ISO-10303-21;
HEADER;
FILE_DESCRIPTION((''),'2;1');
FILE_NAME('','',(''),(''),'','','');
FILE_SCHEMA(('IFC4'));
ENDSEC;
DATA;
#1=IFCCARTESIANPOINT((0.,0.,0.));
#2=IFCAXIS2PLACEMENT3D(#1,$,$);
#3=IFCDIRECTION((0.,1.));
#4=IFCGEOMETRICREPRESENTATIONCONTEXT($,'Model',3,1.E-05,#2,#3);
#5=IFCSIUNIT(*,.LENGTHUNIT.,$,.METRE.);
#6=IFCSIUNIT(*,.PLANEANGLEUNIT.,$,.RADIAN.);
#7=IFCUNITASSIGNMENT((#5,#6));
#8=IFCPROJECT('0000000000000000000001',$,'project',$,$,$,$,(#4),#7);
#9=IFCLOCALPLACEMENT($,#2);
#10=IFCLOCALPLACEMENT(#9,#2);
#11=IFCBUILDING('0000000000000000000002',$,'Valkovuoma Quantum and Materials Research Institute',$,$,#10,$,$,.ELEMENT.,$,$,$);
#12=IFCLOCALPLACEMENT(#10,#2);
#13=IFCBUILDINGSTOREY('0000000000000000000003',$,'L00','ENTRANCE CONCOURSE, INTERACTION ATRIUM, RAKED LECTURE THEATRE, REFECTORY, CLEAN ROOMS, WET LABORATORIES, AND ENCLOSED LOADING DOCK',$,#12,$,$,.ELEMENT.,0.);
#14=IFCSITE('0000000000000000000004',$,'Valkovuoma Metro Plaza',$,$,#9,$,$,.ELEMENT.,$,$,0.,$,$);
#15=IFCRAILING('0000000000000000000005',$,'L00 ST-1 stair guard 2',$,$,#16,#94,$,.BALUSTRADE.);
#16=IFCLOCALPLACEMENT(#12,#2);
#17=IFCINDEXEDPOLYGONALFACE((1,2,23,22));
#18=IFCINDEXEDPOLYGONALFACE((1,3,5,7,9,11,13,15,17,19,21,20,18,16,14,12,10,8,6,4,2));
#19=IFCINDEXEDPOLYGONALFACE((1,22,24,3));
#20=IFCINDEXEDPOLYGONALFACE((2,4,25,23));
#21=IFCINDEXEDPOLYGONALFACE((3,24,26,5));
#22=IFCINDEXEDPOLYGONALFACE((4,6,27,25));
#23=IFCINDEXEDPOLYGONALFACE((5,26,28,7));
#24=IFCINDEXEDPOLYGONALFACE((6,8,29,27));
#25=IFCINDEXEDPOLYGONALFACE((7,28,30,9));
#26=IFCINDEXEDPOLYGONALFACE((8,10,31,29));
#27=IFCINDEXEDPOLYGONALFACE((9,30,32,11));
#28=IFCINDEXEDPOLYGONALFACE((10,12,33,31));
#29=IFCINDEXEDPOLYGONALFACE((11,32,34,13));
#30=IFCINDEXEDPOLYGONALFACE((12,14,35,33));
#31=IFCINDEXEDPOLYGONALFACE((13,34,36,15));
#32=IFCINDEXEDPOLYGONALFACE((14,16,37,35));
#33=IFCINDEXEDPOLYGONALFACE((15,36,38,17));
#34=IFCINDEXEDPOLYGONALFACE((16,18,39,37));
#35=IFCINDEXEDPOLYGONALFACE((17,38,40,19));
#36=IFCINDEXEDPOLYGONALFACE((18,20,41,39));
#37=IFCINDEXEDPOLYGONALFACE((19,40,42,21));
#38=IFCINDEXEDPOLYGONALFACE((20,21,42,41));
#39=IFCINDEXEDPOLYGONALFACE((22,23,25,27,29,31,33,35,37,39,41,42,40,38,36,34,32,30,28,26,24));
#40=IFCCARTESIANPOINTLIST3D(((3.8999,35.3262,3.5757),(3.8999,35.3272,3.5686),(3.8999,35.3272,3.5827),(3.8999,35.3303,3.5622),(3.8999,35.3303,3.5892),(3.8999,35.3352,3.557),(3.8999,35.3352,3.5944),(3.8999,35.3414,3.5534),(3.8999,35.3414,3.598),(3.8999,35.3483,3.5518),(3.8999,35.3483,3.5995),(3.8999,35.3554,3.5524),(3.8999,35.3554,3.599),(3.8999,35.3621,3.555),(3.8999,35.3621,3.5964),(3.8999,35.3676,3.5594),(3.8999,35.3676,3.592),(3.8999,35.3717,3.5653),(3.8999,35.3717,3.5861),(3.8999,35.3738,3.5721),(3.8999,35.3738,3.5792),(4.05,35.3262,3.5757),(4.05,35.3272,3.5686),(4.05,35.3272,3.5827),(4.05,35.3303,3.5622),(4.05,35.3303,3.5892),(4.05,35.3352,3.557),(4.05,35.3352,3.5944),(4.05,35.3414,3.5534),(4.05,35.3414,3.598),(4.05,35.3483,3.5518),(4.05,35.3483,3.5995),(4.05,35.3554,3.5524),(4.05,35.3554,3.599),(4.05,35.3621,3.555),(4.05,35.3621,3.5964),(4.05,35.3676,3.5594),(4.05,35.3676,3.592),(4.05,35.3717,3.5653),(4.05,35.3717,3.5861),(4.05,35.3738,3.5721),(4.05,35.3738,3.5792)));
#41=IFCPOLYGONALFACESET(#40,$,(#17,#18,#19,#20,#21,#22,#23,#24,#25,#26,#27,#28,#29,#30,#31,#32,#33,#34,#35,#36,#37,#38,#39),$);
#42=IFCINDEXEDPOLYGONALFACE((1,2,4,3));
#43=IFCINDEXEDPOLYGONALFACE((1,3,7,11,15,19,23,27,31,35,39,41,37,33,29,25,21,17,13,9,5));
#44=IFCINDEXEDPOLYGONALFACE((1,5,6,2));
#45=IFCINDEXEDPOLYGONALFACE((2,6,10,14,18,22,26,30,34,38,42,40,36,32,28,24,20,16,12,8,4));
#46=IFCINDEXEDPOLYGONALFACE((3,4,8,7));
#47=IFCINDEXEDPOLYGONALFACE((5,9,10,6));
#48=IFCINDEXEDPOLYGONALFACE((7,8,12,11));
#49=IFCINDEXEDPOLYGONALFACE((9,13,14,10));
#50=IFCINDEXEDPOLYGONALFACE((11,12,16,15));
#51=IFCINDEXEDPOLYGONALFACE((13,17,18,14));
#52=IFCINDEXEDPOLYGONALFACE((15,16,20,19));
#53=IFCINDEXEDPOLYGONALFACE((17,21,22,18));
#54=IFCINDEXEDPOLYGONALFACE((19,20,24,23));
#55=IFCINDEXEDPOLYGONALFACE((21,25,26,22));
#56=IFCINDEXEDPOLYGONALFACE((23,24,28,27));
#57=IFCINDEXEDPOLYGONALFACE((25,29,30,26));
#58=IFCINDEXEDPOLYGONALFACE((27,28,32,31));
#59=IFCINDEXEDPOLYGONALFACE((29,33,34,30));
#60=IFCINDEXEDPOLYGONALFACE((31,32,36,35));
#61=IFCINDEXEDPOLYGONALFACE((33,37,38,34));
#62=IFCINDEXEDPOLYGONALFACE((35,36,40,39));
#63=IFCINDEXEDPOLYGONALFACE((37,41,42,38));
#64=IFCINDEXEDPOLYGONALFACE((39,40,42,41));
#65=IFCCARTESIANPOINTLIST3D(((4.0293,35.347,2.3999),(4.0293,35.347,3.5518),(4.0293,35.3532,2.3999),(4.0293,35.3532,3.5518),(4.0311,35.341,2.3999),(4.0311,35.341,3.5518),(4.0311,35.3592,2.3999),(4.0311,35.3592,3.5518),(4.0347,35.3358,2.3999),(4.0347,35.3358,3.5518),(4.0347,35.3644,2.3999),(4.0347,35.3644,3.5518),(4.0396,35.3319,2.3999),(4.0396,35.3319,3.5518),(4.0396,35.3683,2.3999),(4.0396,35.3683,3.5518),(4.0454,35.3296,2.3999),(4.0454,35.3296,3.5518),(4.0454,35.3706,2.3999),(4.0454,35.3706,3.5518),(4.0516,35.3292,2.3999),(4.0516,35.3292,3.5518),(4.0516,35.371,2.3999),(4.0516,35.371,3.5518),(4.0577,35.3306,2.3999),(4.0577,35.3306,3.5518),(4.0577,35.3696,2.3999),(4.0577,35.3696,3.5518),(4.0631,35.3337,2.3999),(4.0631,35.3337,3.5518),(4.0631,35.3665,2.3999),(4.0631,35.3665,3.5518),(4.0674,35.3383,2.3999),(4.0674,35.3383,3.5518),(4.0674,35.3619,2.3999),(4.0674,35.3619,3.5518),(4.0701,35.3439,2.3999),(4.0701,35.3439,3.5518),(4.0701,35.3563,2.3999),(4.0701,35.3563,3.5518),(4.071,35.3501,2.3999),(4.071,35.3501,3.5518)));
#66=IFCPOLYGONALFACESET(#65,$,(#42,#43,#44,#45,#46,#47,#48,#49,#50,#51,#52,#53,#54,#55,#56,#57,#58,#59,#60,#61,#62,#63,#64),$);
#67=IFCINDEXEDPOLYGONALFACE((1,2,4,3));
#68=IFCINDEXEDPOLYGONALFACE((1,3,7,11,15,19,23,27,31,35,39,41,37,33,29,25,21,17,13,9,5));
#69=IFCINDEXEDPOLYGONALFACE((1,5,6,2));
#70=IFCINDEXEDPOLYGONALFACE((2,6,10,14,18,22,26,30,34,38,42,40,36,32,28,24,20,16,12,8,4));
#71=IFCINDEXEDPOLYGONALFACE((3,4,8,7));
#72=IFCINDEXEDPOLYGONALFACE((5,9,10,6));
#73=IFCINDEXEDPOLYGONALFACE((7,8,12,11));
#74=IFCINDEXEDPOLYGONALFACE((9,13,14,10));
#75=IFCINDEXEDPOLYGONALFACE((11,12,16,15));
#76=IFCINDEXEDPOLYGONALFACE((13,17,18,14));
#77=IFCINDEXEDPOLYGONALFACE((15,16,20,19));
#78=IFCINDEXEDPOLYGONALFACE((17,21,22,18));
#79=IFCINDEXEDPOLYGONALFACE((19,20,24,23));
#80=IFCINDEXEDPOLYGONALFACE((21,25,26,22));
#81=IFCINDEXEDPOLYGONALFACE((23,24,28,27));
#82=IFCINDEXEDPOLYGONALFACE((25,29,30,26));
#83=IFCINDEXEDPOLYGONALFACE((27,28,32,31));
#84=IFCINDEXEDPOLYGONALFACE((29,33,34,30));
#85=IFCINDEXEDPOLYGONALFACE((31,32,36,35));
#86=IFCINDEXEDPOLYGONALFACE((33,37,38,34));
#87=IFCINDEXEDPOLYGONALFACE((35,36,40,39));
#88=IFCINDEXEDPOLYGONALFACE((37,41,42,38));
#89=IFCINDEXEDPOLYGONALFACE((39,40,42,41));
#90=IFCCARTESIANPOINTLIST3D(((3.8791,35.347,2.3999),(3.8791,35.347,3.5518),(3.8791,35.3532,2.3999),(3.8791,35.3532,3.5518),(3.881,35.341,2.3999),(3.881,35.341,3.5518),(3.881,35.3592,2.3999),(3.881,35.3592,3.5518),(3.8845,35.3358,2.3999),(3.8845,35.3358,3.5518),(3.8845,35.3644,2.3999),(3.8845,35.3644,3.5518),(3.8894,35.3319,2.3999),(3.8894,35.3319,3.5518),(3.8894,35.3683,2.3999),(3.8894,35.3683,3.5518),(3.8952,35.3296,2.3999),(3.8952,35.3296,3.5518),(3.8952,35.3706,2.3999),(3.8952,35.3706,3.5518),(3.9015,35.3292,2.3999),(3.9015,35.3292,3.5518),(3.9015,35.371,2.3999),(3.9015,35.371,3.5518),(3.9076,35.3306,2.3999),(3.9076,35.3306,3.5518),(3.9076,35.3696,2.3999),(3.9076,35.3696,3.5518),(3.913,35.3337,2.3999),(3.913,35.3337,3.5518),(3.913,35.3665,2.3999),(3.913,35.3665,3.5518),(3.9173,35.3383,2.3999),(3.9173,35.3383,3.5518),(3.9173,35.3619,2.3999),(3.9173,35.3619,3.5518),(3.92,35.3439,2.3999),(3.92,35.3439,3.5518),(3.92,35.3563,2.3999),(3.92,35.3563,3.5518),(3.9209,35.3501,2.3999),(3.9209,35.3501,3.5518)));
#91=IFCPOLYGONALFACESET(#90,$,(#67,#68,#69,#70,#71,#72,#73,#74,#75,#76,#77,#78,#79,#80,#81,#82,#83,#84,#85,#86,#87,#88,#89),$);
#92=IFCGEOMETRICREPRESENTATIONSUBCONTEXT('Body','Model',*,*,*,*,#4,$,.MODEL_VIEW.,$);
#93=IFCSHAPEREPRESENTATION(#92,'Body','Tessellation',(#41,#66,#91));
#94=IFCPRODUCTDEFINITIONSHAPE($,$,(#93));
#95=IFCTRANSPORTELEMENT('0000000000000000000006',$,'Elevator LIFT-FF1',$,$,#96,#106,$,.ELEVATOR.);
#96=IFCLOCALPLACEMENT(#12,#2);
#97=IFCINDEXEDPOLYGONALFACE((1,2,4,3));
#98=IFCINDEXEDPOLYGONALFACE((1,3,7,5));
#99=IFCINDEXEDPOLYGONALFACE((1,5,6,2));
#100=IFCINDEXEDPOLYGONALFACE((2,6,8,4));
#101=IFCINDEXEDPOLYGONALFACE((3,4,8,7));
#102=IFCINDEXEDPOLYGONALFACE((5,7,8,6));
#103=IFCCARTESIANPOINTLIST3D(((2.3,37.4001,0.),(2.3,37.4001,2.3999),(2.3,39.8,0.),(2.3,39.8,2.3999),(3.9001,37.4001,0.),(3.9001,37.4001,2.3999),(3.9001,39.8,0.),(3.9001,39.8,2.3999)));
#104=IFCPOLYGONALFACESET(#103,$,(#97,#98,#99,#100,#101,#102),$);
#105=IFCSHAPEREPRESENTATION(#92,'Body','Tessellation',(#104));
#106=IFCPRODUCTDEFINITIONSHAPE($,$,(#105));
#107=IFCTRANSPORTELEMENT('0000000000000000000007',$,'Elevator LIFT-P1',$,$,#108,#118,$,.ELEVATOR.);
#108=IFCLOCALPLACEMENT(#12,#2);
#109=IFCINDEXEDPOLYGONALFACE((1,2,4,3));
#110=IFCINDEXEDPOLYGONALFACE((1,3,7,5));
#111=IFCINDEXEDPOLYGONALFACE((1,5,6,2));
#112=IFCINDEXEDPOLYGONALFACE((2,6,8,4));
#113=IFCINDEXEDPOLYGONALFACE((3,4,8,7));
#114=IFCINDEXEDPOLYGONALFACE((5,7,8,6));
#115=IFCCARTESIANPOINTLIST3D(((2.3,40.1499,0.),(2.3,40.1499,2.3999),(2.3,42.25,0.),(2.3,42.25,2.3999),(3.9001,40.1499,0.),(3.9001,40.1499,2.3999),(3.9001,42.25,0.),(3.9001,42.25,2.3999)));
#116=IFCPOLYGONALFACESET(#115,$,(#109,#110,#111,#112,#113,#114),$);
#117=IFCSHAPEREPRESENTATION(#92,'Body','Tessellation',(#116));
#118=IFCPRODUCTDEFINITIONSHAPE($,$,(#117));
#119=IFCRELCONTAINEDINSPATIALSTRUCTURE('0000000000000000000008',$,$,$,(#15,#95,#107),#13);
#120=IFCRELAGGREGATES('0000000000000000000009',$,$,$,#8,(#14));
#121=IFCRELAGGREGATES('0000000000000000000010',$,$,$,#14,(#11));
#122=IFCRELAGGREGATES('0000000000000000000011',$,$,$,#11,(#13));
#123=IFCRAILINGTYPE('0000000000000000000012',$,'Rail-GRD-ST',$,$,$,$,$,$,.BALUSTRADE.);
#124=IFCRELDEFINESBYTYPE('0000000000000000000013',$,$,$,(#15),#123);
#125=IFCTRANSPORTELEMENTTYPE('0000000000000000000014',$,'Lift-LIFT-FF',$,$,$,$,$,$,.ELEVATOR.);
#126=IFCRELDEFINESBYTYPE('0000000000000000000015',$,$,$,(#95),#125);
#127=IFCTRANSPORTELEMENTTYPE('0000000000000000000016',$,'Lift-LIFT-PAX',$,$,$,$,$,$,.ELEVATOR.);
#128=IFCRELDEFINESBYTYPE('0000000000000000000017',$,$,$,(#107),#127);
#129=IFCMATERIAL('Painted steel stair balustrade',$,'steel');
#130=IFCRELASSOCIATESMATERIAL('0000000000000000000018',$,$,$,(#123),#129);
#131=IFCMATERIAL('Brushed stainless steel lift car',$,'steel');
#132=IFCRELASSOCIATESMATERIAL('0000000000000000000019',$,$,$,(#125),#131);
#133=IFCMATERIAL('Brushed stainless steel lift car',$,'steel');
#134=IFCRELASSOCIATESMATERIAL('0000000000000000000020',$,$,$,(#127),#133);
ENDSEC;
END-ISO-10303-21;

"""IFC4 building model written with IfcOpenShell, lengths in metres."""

from ifc_helpers import new_model, si_unit, direction, frame, origin, origin_2d, place, context, subcontext, project, spatial, rectangle, circle, extrude, material, type_object, element, save


model = new_model("IFC4")

# Units and contexts
model_context = context("Model", 3, precision=1e-05, world=origin(), true_north=direction((0.0, 1.0)))
body_context = subcontext(model_context, "Body", "Model", "MODEL_VIEW")
ifc_project = project(units=[si_unit("LENGTHUNIT", "METRE"), si_unit("PLANEANGLEUNIT", "RADIAN")], contexts=[model_context])

# Site, building, storey
site_placement = place(None, origin())
site = spatial("IfcSite", under=ifc_project, at=site_placement, Name="Valkovuoma Metro Plaza", CompositionType="ELEMENT", RefElevation=0.0)
building_placement = place(site_placement, origin())
building = spatial("IfcBuilding", under=site, at=building_placement, Name="Valkovuoma Quantum and Materials Research Institute", CompositionType="ELEMENT")
storey_placement = place(building_placement, origin())
storey = spatial("IfcBuildingStorey", under=building, at=storey_placement, Name="L00", Description="ENTRANCE CONCOURSE, INTERACTION ATRIUM, RAKED LECTURE THEATRE, REFECTORY, CLEAN ROOMS, WET LABORATORIES, AND ENCLOSED LOADING DOCK", CompositionType="ELEMENT", Elevation=0.0)

# Railing
ifc_material_1 = material(Name="Painted steel stair balustrade", Category="steel")
railing_type = type_object("IfcRailingType", Name="Rail-GRD-ST", PredefinedType="BALUSTRADE", material=ifc_material_1)
railing_placement = place(storey_placement, frame((4.05, 35.3501, 2.3999)))
element("IfcRailing", 1, at=railing_placement, inside=storey, type_object=railing_type, Name="L00 ST-1 stair guard 2", PredefinedType="BALUSTRADE", context=body_context, shape_type="SweptSolid", body=[
    extrude(circle(Radius=0.0239, at=origin_2d()), frame((0.0, 0.0, 1.1758), z_axis=(-1.0, 0.0, 0.0), x_axis=(0.0, -1.0, 0.0)), (0.0, 0.0, 1.0), 0.1501),
    extrude(circle(Radius=0.021, at=origin_2d()), origin(), (0.0, 0.0, 1.0), 1.1519),
    extrude(circle(Radius=0.021, at=origin_2d()), frame((-0.1501, 0.0, 0.0)), (0.0, 0.0, 1.0), 1.1519),
])

# Transport elements
ifc_material_2 = material(Name="Brushed stainless steel lift car", Category="steel")
transport_element_type_1 = type_object("IfcTransportElementType", Name="Lift-LIFT-FF", PredefinedType="ELEVATOR", material=ifc_material_2)
transport_element_1_placement = place(storey_placement, frame((3.1001, 38.6001, 0.0), z_axis=(0.0, 0.0, 1.0), x_axis=(1.0, 0.0, 0.0)))
element("IfcTransportElement", 2, at=transport_element_1_placement, inside=storey, type_object=transport_element_type_1, Name="Elevator LIFT-FF1", PredefinedType="ELEVATOR", context=body_context, shape_type="SweptSolid", body=[
    extrude(rectangle(XDim=1.6001, YDim=2.3999, at=origin_2d()), origin(), (0.0, 0.0, 1.0), 2.3999),
])
ifc_material_3 = material(Name="Brushed stainless steel lift car", Category="steel")
transport_element_type_2 = type_object("IfcTransportElementType", Name="Lift-LIFT-PAX", PredefinedType="ELEVATOR", material=ifc_material_3)
transport_element_2_placement = place(storey_placement, frame((3.1001, 41.2, 0.0), z_axis=(0.0, 0.0, 1.0), x_axis=(1.0, 0.0, 0.0)))
element("IfcTransportElement", 3, at=transport_element_2_placement, inside=storey, type_object=transport_element_type_2, Name="Elevator LIFT-P1", PredefinedType="ELEVATOR", context=body_context, shape_type="SweptSolid", body=[
    extrude(rectangle(XDim=1.6001, YDim=2.1001, at=origin_2d()), origin(), (0.0, 0.0, 1.0), 2.3999),
])

save(model, "model.ifc")
